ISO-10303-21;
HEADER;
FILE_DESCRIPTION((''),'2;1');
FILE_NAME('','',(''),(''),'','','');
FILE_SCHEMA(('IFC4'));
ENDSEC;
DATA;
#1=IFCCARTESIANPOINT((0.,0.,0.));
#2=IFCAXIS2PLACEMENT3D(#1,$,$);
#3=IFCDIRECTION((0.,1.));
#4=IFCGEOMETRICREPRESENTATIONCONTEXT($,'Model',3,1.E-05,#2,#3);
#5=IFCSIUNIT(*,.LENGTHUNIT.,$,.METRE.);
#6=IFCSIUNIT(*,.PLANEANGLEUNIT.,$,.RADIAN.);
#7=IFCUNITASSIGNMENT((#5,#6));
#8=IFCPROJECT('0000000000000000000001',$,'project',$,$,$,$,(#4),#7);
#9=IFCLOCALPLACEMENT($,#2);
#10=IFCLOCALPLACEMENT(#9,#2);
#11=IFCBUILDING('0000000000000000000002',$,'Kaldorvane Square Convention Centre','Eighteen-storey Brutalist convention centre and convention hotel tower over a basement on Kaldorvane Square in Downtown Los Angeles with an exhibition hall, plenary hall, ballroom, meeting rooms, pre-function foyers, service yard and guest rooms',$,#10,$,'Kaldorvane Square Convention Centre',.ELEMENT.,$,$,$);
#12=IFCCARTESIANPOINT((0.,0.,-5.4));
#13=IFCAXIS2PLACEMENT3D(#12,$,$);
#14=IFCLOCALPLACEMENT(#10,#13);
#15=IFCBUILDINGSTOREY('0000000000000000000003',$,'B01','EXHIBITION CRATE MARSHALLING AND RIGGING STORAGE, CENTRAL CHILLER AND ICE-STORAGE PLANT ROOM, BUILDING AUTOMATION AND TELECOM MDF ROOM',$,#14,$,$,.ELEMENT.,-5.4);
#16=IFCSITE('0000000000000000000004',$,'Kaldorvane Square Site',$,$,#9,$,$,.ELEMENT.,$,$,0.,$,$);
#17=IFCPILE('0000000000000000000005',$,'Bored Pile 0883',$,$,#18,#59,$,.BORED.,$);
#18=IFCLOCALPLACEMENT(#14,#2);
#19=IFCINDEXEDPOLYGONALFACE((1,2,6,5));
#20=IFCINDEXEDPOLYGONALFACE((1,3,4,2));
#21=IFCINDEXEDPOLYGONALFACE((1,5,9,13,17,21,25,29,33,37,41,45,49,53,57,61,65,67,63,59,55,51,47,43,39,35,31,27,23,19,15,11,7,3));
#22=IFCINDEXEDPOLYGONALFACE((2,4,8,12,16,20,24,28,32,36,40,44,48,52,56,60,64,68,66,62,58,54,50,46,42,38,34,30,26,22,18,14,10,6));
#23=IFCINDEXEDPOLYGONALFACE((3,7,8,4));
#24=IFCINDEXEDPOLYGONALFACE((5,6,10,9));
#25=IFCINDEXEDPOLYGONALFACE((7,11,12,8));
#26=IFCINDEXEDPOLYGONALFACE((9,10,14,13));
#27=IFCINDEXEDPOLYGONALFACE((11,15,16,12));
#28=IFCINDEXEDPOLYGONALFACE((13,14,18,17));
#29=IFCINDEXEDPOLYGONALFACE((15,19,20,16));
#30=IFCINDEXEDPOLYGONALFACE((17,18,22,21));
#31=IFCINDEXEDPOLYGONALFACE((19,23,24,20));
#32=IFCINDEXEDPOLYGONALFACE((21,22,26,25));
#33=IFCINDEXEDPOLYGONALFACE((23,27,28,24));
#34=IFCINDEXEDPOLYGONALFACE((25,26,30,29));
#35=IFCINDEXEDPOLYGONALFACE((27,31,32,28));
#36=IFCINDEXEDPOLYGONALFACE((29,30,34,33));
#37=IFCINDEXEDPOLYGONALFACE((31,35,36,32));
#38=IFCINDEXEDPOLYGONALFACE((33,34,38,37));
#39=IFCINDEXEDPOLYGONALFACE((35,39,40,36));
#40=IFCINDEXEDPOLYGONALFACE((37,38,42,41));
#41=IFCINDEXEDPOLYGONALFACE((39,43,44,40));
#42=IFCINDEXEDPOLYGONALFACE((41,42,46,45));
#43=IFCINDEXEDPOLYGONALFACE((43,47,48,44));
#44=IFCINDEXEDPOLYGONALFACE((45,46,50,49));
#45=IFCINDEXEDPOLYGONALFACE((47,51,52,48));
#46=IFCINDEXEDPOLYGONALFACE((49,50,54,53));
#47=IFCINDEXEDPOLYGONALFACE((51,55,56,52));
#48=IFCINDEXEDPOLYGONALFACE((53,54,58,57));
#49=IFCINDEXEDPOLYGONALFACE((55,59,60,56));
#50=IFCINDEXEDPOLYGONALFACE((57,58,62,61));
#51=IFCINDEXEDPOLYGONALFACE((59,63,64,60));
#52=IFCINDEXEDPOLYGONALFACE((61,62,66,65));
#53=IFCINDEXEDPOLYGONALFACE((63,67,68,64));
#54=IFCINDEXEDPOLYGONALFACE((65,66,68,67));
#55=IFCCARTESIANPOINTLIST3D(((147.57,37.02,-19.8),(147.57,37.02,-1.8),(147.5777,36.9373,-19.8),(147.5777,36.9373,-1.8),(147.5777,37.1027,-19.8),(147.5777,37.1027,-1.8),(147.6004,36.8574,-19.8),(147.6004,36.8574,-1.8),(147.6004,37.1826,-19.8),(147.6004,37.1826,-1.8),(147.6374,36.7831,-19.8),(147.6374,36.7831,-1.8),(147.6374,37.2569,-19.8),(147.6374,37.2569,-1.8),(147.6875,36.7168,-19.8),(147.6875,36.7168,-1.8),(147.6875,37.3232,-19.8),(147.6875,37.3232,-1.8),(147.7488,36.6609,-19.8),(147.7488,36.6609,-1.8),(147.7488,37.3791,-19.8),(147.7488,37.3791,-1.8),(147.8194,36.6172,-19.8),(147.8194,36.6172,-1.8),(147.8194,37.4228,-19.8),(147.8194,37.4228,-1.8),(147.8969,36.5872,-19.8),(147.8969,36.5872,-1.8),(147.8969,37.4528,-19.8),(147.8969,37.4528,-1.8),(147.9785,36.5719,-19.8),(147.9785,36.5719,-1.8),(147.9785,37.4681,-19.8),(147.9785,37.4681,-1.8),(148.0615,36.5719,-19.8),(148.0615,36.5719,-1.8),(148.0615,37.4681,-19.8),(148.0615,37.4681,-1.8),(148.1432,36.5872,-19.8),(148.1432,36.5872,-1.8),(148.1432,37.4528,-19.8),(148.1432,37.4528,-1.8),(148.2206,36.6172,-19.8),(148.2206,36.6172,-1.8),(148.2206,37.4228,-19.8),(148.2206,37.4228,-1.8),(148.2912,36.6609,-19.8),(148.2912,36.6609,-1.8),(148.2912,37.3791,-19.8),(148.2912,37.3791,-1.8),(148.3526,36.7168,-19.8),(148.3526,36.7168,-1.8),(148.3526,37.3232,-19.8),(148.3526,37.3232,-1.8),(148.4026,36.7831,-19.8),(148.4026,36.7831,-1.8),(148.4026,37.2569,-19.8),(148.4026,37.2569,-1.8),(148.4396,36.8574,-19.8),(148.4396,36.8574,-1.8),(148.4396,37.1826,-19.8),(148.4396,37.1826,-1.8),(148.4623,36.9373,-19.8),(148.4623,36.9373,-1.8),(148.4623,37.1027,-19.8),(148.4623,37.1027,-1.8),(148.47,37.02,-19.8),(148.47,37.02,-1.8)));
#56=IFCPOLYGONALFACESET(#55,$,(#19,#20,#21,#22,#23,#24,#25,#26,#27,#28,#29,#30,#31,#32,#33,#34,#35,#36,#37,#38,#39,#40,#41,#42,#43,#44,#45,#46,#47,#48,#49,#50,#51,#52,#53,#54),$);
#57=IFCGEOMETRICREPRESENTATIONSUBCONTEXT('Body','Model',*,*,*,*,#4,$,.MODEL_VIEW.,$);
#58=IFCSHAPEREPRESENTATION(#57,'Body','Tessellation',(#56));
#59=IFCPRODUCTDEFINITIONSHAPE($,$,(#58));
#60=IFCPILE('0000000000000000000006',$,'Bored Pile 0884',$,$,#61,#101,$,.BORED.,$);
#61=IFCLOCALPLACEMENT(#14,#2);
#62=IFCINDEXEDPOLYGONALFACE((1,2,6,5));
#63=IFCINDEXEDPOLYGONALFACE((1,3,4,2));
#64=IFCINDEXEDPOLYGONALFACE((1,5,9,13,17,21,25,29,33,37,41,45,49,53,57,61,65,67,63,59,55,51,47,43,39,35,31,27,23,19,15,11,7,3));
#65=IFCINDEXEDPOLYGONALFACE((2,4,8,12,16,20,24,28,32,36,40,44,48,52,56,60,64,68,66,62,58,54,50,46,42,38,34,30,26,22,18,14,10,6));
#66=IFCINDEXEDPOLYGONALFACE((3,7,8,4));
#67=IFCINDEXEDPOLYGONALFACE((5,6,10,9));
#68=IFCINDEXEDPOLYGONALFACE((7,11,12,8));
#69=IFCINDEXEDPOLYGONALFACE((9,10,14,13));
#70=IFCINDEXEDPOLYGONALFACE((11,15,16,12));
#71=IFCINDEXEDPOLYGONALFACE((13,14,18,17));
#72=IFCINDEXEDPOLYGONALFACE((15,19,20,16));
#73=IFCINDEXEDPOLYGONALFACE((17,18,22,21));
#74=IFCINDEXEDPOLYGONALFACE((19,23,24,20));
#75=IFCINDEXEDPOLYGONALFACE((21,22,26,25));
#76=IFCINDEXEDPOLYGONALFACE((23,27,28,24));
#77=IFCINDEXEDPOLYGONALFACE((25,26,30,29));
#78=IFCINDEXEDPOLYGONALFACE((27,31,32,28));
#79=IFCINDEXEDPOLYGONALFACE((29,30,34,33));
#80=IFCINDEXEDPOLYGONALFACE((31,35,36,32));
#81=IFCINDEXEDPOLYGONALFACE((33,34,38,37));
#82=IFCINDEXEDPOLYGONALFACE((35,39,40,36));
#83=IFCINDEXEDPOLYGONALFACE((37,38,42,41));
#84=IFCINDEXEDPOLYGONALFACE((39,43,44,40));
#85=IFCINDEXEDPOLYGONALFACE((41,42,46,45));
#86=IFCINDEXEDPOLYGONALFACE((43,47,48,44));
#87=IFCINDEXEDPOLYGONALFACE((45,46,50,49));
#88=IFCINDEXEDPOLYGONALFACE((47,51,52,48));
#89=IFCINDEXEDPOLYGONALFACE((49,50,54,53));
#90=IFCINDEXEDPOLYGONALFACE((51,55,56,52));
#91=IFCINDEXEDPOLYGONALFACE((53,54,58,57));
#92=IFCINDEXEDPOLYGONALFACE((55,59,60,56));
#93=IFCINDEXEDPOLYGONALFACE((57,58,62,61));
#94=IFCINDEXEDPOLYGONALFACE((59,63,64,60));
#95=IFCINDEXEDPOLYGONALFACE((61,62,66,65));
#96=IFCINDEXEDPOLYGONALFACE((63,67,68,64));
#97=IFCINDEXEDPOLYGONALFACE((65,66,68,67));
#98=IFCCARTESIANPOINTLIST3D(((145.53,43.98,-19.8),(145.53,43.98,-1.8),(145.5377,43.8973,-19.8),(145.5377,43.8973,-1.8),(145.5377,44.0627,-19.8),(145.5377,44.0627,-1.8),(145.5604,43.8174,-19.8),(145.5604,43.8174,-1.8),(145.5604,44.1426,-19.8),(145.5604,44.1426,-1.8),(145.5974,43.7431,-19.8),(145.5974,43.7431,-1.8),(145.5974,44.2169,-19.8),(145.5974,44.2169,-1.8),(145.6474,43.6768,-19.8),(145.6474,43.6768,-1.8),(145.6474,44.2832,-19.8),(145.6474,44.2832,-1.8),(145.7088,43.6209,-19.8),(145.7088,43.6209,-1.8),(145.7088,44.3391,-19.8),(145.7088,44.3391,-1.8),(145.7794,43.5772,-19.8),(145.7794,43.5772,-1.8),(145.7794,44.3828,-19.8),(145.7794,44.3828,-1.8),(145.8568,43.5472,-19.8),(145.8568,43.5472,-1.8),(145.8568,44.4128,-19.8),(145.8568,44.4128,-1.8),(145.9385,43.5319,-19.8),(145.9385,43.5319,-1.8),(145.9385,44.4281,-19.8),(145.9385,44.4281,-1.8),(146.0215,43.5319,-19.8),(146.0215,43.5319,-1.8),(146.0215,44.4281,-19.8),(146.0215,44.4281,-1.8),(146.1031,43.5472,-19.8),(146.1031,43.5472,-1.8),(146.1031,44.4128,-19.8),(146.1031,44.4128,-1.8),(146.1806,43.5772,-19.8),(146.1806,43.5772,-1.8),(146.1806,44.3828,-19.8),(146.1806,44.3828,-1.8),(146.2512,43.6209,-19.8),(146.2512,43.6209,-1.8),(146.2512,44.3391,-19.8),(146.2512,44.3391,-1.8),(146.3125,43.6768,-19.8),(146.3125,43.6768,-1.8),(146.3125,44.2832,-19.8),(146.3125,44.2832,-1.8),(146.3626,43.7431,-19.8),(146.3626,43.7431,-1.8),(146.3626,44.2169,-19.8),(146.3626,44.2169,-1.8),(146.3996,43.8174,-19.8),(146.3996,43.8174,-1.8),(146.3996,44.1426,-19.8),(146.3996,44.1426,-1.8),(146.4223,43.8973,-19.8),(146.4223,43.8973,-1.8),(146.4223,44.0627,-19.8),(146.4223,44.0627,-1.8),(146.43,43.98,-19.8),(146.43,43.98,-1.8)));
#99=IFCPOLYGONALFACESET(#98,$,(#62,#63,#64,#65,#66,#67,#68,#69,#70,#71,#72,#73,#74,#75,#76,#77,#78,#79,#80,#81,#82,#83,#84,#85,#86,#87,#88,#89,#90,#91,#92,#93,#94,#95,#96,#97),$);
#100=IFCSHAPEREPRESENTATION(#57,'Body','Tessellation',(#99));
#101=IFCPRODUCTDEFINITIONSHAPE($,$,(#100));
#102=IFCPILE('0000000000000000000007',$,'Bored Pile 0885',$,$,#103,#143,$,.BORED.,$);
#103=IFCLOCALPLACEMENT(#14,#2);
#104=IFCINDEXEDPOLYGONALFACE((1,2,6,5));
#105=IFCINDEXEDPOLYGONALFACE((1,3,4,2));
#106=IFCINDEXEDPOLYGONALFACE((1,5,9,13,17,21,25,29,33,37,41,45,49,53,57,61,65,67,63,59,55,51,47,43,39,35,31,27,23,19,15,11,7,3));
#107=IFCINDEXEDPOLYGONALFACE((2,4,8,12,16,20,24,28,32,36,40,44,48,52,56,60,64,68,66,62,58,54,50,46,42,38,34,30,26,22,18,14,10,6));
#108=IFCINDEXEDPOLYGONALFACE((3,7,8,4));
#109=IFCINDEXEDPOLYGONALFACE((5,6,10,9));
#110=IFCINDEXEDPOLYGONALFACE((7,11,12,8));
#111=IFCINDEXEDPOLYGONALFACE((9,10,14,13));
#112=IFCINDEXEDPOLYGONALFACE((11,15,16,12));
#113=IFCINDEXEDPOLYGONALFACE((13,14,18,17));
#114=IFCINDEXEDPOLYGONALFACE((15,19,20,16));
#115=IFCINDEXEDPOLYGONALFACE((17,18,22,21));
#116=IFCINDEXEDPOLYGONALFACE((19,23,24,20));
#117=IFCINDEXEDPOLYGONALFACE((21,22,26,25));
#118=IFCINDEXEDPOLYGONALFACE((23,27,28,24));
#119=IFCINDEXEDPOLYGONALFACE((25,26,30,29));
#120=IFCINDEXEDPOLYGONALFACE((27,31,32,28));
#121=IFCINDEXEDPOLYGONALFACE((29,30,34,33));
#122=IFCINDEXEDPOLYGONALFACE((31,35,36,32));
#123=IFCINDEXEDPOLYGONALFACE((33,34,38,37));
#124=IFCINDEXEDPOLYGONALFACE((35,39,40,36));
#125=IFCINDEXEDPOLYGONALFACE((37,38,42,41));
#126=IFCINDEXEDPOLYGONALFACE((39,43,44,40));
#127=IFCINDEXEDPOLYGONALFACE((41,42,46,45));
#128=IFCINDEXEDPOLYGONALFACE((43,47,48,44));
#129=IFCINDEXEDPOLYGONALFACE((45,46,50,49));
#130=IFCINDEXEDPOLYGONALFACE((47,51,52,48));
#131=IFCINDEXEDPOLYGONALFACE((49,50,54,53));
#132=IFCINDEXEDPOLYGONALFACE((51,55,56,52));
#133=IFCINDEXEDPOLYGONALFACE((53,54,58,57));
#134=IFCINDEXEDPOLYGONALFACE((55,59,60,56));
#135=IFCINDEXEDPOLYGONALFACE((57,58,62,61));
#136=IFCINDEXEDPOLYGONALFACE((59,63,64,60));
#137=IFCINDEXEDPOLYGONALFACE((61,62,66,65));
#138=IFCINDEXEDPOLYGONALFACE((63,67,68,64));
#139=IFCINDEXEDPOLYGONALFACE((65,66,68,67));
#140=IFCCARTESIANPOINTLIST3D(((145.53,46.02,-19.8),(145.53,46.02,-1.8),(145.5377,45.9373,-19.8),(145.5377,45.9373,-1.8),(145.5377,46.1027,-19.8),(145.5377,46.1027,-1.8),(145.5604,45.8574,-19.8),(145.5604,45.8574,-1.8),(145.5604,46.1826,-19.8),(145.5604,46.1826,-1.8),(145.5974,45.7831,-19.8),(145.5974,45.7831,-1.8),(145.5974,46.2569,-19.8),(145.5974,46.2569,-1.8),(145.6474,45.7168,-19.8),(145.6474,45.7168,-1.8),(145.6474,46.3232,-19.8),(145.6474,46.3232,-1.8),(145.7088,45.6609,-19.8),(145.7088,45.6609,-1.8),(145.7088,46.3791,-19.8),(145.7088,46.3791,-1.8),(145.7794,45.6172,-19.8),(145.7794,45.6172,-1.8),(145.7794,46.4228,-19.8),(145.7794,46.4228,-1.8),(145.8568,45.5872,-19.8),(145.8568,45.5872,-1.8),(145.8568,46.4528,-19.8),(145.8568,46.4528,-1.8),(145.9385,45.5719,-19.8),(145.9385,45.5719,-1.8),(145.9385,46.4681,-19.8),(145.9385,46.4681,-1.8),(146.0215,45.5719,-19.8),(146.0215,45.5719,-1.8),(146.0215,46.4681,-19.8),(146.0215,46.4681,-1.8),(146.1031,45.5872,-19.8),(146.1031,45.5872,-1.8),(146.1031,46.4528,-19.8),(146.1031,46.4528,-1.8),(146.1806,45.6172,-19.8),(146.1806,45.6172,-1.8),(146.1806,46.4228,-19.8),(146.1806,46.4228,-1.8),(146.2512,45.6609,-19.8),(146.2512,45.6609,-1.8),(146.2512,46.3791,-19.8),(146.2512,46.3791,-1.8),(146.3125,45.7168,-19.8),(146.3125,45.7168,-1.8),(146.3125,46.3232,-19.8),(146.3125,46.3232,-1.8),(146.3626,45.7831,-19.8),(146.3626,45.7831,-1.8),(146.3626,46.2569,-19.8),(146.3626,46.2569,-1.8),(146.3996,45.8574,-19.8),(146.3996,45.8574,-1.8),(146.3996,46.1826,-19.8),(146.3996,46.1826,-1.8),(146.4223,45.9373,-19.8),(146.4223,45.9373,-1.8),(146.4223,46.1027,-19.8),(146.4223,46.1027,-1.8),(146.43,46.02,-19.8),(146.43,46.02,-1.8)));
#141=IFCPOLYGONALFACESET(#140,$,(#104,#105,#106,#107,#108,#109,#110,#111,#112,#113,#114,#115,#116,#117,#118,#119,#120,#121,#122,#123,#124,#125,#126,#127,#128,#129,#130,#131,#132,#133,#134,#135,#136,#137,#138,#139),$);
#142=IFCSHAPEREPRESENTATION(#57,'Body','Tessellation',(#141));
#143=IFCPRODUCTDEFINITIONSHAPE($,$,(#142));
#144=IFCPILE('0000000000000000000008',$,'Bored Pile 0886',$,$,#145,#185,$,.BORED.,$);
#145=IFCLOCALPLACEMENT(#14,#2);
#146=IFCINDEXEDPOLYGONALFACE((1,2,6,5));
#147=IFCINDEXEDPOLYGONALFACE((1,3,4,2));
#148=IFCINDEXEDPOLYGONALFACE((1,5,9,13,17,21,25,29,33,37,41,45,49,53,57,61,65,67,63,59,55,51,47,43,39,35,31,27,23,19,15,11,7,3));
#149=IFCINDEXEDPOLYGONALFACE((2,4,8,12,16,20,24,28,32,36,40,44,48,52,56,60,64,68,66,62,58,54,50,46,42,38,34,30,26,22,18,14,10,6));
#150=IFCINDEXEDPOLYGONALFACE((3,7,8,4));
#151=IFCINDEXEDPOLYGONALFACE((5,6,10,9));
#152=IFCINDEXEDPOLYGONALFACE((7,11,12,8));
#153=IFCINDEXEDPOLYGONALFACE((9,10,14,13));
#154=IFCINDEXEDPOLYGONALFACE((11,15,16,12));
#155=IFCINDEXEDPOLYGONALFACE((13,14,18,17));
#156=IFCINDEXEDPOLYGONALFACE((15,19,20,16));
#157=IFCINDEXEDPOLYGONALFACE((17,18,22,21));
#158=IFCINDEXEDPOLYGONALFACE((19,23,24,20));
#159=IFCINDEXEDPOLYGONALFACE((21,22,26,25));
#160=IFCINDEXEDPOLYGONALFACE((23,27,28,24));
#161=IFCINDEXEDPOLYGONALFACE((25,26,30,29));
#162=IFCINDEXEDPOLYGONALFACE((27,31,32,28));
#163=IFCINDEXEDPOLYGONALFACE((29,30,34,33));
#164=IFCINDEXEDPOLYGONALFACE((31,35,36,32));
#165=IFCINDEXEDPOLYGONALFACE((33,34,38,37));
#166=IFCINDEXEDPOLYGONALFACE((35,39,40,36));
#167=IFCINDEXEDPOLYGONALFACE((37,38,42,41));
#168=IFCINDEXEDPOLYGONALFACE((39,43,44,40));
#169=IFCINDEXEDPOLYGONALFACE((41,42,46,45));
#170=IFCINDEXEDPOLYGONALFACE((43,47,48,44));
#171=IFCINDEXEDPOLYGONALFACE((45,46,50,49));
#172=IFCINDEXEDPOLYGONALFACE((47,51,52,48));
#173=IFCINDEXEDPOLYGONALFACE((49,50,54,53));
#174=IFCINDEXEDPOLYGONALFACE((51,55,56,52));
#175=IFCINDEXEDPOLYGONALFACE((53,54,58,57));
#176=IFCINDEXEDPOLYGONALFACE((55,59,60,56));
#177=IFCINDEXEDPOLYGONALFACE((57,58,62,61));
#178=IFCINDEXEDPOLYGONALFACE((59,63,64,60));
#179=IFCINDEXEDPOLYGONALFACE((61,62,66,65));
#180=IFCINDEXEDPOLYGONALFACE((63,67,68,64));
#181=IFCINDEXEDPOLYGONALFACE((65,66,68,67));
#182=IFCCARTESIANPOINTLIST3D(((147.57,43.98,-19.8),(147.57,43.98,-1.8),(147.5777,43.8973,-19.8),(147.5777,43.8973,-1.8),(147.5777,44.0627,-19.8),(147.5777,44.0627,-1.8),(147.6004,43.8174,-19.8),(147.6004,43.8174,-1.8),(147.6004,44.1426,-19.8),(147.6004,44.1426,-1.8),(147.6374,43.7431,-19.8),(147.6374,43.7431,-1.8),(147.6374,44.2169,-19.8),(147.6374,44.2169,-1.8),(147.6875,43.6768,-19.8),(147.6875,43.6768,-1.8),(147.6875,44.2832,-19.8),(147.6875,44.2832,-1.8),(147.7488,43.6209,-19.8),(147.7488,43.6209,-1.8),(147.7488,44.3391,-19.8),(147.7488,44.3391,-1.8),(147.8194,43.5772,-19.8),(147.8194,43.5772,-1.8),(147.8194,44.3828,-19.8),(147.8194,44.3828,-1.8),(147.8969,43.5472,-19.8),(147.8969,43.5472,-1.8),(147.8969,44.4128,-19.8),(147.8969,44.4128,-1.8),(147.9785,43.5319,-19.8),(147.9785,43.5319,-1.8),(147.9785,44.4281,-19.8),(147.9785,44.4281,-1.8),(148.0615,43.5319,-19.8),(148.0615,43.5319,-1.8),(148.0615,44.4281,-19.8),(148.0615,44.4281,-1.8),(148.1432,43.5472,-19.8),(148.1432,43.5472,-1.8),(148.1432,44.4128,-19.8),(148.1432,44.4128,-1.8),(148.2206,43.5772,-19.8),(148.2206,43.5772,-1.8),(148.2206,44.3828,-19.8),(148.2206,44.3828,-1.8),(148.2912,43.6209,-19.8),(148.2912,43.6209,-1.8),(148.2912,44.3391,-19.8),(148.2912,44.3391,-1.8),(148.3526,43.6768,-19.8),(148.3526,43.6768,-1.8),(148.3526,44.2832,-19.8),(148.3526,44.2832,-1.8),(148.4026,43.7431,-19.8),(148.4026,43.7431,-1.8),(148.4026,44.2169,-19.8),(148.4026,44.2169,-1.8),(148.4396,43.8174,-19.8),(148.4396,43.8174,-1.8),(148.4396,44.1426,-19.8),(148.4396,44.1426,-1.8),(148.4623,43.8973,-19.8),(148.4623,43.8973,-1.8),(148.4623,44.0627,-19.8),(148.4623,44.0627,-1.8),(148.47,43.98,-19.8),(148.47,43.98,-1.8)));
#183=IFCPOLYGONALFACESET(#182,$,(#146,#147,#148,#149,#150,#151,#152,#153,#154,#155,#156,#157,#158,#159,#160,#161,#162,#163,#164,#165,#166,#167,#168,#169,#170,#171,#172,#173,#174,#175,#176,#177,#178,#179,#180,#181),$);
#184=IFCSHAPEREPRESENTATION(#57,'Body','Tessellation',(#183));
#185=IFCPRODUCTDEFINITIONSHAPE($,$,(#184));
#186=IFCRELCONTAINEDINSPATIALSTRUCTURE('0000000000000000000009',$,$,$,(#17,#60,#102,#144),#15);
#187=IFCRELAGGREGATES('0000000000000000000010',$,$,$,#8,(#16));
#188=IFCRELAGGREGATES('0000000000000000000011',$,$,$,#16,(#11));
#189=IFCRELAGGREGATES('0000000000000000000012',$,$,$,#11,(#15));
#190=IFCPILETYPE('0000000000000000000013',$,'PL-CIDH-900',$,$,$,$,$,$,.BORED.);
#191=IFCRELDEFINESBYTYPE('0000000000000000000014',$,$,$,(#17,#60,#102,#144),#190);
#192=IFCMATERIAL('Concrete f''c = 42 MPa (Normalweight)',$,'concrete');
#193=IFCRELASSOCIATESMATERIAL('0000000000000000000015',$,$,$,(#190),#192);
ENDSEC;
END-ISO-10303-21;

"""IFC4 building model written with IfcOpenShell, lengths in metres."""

from ifc_helpers import new_model, si_unit, direction, frame, origin, origin_2d, place, context, subcontext, project, spatial, circle, extrude, material, material_profile, profile_set, type_object, element, save


model = new_model("IFC4")

# Units and contexts
model_context = context("Model", 3, precision=1e-05, world=origin(), true_north=direction((0.0, 1.0)))
body_context = subcontext(model_context, "Body", "Model", "MODEL_VIEW")
ifc_project = project(units=[si_unit("LENGTHUNIT", "METRE"), si_unit("PLANEANGLEUNIT", "RADIAN")], contexts=[model_context])

# Site, building, storey
site_placement = place(None, origin())
site = spatial("IfcSite", under=ifc_project, at=site_placement, Name="Kaldorvane Square Site", CompositionType="ELEMENT", RefElevation=0.0)
building_placement = place(site_placement, origin())
building = spatial("IfcBuilding", under=site, at=building_placement, Name="Kaldorvane Square Convention Centre", Description="Eighteen-storey Brutalist convention centre and convention hotel tower over a basement on Kaldorvane Square in Downtown Los Angeles with an exhibition hall, plenary hall, ballroom, meeting rooms, pre-function foyers, service yard and guest rooms", LongName="Kaldorvane Square Convention Centre", CompositionType="ELEMENT")
storey_placement = place(building_placement, frame((0.0, 0.0, -5.4)))
storey = spatial("IfcBuildingStorey", under=building, at=storey_placement, Name="B01", Description="EXHIBITION CRATE MARSHALLING AND RIGGING STORAGE, CENTRAL CHILLER AND ICE-STORAGE PLANT ROOM, BUILDING AUTOMATION AND TELECOM MDF ROOM", CompositionType="ELEMENT", Elevation=-5.4)

# Shared definitions
ifc_material_1 = material(Name="Concrete f'c = 42 MPa (Normalweight)", Category="concrete")

# Piles
ifc_material_profile_1 = material_profile(ifc_material_1, circle(Radius=0.45, at=origin_2d()), Name="PILE-D900")
ifc_profile_set_1 = profile_set([ifc_material_profile_1], Name="Concrete f'c = 42 MPa (Normalweight)")
pile_type_1 = type_object("IfcPileType", Name="PL-CIDH-900", PredefinedType="BORED", material=ifc_profile_set_1)
for number, where, z_axis, x_axis, name in (
    (1, (148.02, 37.02, -1.8), (0.0, 0.0, -1.0), (1.0, 0.0, 0.0), "Bored Pile 0883"),
    (2, (145.98, 43.98, -1.8), (0.0, 0.0, -1.0), (1.0, 0.0, 0.0), "Bored Pile 0884"),
    (3, (145.98, 46.02, -1.8), (0.0, 0.0, -1.0), (1.0, 0.0, 0.0), "Bored Pile 0885"),
    (4, (148.02, 43.98, -1.8), (0.0, 0.0, -1.0), (1.0, 0.0, 0.0), "Bored Pile 0886"),
):
    element("IfcPile", number, at=place(storey_placement, frame(where, z_axis=z_axis, x_axis=x_axis)), inside=storey, type_object=pile_type_1, Name=name, PredefinedType="BORED", context=body_context, shape_type="SweptSolid", body=[
        extrude(circle(Radius=0.45, at=origin_2d()), origin(), (0.0, 0.0, 1.0), 18.0),
    ])

save(model, "model.ifc")
